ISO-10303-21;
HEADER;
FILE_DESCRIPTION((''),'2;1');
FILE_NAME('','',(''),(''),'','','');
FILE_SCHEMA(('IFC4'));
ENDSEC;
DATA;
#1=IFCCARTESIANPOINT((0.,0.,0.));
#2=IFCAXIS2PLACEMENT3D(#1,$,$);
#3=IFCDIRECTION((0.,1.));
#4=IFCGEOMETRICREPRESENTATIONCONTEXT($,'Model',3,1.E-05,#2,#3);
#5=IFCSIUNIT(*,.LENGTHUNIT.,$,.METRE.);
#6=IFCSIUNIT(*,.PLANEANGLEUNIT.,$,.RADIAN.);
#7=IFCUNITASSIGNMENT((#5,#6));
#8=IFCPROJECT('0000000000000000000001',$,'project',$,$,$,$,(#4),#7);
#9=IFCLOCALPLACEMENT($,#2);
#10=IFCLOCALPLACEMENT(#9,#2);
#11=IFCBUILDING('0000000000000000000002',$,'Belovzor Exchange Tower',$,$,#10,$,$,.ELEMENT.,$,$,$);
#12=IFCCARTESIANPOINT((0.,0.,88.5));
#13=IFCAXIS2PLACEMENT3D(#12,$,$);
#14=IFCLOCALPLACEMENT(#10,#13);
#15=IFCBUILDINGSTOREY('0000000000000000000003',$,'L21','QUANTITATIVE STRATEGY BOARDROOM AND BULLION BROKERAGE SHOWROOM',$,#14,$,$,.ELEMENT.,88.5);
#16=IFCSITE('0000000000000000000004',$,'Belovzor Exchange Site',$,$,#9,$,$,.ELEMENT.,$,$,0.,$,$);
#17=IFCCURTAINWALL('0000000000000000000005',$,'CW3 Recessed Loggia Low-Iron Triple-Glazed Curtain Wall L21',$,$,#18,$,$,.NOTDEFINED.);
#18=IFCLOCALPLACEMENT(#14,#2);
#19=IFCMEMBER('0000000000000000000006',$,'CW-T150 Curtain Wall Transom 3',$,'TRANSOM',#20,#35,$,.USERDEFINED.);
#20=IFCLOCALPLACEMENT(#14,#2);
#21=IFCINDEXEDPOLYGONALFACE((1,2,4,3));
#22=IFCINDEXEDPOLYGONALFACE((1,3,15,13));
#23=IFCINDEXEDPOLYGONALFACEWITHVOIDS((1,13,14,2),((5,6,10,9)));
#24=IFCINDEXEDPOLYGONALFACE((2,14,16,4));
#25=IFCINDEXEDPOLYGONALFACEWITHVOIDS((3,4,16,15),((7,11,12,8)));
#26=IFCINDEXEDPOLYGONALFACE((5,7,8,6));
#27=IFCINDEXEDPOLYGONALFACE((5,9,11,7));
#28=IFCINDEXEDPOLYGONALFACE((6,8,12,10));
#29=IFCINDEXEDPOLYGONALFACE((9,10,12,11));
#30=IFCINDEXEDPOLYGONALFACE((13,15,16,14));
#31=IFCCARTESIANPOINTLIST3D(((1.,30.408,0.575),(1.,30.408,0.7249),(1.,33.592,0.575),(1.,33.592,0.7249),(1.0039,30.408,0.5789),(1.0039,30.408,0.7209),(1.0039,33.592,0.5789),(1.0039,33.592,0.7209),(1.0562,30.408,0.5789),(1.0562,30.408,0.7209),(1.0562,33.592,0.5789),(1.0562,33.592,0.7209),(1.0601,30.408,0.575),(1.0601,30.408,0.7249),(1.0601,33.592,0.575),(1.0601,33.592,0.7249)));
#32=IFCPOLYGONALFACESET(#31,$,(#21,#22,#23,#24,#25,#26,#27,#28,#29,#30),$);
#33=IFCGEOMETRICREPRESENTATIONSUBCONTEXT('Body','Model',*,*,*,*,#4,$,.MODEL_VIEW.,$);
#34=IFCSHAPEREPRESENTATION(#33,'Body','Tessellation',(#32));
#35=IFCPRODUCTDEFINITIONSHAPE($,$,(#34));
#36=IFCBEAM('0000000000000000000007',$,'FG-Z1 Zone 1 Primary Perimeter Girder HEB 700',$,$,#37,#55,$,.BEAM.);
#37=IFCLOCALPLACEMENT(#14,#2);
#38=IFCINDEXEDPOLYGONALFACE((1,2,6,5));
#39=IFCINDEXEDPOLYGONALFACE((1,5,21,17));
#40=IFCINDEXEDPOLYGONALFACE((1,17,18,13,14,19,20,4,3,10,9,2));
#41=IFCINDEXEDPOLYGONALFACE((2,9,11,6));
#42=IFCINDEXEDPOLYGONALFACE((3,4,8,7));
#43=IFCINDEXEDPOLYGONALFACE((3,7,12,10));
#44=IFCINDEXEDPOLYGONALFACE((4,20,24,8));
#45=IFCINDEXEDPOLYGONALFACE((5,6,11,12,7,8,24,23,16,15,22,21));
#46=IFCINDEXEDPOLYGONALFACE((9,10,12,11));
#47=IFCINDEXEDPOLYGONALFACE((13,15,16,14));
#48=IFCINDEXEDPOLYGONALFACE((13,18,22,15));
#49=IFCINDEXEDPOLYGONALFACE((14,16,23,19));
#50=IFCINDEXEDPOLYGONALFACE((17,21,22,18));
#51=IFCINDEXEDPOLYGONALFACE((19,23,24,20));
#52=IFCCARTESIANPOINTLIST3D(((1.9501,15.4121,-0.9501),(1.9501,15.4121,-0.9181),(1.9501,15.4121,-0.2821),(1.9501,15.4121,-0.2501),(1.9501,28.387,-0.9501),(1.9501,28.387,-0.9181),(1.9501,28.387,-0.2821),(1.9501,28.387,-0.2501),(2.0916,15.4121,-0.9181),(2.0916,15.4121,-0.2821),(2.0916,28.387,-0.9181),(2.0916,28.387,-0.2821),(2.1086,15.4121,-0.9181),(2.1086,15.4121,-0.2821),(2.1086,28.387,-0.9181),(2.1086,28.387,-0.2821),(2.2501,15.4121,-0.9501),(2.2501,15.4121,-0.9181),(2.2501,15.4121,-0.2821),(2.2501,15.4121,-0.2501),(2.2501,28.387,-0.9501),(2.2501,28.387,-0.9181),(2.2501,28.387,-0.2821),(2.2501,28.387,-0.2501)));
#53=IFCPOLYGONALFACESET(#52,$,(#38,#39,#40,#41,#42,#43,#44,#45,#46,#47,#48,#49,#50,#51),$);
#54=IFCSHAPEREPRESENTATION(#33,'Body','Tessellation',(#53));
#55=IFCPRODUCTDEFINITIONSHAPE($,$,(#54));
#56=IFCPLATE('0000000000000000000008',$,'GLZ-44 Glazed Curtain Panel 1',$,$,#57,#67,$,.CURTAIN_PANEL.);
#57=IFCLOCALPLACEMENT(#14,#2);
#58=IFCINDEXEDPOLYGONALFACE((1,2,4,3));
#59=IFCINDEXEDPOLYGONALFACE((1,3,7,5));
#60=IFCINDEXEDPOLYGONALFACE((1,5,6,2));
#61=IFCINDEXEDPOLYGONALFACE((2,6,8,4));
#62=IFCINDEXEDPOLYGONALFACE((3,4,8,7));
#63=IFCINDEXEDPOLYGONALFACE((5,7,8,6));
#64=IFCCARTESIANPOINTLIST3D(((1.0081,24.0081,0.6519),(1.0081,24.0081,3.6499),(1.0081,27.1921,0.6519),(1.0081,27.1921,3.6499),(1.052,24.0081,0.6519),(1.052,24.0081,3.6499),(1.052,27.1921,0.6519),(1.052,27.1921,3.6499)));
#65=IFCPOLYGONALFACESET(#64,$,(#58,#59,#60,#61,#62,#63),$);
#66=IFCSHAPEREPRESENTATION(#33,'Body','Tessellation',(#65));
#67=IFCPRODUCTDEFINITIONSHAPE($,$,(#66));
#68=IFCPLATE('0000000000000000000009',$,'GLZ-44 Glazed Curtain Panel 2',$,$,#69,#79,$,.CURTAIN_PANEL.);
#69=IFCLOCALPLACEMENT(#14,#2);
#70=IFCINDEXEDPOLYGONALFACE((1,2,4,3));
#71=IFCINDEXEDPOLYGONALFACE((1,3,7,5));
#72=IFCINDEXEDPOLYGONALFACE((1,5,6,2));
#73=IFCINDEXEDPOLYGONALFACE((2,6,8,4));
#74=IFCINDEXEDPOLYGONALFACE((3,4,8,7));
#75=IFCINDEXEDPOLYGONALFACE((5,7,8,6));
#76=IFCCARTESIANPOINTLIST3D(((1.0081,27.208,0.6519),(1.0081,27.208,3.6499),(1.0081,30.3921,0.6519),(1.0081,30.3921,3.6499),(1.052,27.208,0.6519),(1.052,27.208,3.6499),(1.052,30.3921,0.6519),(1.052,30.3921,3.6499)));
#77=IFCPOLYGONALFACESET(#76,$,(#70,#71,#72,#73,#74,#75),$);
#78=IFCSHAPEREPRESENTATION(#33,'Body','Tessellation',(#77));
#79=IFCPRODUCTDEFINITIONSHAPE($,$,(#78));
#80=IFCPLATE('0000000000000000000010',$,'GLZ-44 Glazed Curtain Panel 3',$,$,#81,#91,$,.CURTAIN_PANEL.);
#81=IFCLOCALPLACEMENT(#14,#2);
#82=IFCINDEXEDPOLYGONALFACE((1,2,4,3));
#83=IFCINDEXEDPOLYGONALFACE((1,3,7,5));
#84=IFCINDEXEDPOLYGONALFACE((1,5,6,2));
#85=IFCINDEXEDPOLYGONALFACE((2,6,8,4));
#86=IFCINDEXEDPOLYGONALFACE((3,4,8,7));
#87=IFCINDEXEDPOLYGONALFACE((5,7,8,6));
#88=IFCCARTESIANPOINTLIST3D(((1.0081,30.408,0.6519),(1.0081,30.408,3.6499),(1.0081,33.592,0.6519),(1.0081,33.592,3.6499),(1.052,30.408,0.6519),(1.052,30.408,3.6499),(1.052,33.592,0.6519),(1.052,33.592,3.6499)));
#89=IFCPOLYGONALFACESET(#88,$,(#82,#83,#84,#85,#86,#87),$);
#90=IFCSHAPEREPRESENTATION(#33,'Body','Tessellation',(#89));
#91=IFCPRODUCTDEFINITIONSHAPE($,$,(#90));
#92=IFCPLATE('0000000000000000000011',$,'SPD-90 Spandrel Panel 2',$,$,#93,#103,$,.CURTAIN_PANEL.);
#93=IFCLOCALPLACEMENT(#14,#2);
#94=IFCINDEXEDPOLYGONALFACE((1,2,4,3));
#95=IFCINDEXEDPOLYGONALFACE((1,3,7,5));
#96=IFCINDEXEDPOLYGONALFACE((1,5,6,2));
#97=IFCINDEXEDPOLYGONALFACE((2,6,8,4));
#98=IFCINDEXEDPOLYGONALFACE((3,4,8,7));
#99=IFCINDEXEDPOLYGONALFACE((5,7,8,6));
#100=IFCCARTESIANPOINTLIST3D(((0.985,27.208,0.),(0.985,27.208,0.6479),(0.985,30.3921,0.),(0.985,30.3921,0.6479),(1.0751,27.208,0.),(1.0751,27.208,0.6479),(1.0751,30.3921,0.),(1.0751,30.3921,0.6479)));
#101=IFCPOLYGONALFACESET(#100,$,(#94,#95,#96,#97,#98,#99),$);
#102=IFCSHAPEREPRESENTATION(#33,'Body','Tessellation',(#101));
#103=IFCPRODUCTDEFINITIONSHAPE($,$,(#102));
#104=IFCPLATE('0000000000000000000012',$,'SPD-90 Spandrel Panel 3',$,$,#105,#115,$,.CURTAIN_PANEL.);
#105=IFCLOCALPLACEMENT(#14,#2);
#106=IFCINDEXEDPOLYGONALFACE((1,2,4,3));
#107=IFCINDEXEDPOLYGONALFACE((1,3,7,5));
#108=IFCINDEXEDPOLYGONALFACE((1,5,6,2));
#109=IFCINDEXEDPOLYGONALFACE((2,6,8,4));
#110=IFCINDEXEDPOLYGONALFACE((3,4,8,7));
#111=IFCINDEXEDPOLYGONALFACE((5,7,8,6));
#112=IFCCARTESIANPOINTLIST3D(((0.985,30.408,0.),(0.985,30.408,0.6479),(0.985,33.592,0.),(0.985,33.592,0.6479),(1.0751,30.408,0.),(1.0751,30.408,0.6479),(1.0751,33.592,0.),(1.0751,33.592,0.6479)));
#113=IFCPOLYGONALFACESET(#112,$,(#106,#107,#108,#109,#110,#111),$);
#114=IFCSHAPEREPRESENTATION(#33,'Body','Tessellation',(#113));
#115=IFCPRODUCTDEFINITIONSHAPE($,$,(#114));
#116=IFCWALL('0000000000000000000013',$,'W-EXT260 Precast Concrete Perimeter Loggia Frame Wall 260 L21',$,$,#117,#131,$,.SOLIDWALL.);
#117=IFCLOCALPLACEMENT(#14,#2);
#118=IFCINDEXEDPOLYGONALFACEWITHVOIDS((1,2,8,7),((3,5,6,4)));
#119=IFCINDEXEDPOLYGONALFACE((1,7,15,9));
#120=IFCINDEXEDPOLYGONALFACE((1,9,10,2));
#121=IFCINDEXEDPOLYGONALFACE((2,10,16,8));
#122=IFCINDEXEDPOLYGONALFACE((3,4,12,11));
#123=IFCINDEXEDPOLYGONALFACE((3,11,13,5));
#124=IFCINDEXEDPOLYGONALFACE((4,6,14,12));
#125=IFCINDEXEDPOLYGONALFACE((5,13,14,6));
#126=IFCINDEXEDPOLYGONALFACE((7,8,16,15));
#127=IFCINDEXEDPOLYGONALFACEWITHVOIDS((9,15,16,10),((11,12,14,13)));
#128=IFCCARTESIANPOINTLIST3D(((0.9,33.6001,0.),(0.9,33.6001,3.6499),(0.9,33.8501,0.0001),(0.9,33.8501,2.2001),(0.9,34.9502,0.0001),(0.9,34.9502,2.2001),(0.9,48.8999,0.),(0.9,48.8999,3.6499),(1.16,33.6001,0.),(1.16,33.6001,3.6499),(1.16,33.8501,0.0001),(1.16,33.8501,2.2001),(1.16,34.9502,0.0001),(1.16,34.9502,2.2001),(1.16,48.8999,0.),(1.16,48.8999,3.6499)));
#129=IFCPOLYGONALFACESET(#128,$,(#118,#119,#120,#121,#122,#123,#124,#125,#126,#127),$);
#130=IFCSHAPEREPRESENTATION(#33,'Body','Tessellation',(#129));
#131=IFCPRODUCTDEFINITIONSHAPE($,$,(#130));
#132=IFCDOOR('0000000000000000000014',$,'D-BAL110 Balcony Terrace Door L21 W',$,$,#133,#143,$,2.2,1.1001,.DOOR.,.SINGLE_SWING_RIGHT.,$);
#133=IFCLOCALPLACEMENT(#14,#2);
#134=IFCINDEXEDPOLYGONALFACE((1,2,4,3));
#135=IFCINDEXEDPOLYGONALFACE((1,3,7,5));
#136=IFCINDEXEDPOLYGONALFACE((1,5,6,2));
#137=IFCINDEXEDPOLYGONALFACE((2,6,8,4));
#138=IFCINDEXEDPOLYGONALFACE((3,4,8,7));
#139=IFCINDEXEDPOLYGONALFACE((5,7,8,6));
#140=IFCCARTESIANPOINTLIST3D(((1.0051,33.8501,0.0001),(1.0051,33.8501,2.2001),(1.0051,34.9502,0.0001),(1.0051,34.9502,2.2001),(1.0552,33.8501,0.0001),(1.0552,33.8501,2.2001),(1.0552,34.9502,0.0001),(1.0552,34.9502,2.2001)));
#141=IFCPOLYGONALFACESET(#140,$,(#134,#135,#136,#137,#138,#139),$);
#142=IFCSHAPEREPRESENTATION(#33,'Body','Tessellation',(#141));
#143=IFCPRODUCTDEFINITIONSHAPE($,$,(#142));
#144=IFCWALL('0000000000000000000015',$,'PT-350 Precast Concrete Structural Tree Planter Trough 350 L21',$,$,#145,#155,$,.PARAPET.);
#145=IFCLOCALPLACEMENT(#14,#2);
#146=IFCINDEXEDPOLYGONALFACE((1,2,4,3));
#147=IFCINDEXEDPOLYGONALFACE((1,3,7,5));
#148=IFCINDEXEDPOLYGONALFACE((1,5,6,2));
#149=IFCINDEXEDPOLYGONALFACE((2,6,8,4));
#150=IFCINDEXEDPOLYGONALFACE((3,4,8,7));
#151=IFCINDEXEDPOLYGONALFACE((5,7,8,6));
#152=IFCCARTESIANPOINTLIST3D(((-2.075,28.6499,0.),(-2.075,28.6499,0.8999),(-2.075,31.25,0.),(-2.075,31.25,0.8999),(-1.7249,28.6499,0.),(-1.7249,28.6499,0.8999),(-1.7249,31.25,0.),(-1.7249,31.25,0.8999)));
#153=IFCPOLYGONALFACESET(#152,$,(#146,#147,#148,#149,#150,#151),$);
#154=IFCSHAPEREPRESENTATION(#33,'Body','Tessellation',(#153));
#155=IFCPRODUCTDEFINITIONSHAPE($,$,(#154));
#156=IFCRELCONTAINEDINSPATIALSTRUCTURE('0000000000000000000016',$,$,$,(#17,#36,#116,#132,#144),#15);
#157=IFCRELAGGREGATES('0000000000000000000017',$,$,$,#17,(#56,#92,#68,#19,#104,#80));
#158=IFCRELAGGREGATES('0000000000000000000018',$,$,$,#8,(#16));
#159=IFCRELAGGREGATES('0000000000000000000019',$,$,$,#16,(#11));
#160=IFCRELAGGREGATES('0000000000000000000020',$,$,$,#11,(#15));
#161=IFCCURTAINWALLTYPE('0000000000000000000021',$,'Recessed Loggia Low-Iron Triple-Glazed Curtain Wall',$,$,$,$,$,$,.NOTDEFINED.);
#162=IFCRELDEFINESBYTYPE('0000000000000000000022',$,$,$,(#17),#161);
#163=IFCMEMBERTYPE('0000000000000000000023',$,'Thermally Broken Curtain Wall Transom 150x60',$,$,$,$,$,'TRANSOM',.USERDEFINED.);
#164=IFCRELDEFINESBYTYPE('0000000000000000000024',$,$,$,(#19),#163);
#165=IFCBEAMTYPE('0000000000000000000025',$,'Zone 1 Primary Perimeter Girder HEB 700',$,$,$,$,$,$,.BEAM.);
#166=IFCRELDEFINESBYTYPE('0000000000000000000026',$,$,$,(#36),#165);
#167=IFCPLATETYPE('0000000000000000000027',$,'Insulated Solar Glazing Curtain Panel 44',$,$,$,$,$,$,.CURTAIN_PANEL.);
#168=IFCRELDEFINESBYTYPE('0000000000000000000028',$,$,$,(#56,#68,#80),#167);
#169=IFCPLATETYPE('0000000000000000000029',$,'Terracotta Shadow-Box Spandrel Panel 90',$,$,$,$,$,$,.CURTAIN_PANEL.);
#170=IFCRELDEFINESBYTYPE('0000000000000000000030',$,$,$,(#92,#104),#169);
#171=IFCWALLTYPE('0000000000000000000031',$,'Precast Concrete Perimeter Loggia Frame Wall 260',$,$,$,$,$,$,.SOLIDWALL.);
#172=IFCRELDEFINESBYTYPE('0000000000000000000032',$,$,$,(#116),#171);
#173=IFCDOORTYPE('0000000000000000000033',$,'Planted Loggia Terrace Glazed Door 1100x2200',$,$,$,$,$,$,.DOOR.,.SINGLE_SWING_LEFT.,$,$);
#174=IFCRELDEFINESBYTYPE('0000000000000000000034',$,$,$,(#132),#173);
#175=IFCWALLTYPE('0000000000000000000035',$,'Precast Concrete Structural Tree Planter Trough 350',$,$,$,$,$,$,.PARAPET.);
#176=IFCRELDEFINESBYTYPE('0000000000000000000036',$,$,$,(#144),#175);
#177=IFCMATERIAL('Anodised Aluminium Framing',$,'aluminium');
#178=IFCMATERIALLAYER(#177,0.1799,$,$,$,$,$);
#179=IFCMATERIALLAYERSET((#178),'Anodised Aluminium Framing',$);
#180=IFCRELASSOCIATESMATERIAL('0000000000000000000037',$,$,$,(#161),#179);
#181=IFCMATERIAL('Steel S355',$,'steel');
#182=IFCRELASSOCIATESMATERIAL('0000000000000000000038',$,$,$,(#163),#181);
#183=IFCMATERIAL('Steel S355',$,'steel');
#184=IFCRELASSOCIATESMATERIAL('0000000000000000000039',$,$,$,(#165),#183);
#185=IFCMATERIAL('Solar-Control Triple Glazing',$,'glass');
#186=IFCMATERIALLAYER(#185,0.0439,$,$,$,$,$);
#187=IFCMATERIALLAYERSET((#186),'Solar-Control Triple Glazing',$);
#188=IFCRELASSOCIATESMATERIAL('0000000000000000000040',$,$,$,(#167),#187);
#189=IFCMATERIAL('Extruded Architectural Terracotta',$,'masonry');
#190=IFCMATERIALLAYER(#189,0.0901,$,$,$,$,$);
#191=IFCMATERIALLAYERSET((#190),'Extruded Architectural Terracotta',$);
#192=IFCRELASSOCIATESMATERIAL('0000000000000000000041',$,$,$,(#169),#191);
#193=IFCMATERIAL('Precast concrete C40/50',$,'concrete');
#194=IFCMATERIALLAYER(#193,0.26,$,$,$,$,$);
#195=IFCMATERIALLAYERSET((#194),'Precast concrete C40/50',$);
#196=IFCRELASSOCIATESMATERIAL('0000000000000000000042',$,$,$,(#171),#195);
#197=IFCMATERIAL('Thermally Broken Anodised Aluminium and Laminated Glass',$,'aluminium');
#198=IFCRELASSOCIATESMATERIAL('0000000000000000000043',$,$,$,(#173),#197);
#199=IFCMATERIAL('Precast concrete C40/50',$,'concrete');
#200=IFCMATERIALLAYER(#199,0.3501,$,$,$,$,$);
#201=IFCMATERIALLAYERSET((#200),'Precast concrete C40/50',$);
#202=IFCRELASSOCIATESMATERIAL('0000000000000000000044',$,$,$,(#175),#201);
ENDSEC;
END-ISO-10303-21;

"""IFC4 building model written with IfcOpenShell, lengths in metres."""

from ifc_helpers import new_model, si_unit, direction, frame, frame_2d, origin, origin_2d, place, context, subcontext, project, spatial, rectangle, hollow_rectangle, i_section, extrude, material, layer, layer_set, material_profile, profile_set, type_object, element, fill, aggregate, save


model = new_model("IFC4")

# Units and contexts
model_context = context("Model", 3, precision=1e-05, world=origin(), true_north=direction((0.0, 1.0)))
body_context = subcontext(model_context, "Body", "Model", "MODEL_VIEW")
ifc_project = project(units=[si_unit("LENGTHUNIT", "METRE"), si_unit("PLANEANGLEUNIT", "RADIAN")], contexts=[model_context])

# Site, building, storey
site_placement = place(None, origin())
site = spatial("IfcSite", under=ifc_project, at=site_placement, Name="Belovzor Exchange Site", CompositionType="ELEMENT", RefElevation=0.0)
building_placement = place(site_placement, origin())
building = spatial("IfcBuilding", under=site, at=building_placement, Name="Belovzor Exchange Tower", CompositionType="ELEMENT")
storey_placement = place(building_placement, frame((0.0, 0.0, 88.5)))
storey = spatial("IfcBuildingStorey", under=building, at=storey_placement, Name="L21", Description="QUANTITATIVE STRATEGY BOARDROOM AND BULLION BROKERAGE SHOWROOM", CompositionType="ELEMENT", Elevation=88.5)

# Curtain wall, member
ifc_material_1 = material(Name="Anodised Aluminium Framing", Category="aluminium")
ifc_layer_1 = layer(ifc_material_1, 0.1799)
ifc_layer_set_1 = layer_set([ifc_layer_1], Name="Anodised Aluminium Framing")
curtain_wall_type = type_object("IfcCurtainWallType", Name="Recessed Loggia Low-Iron Triple-Glazed Curtain Wall", PredefinedType="NOTDEFINED", material=ifc_layer_set_1)
curtain_wall_placement = place(storey_placement, origin())
curtain_wall = element("IfcCurtainWall", 1, at=curtain_wall_placement, inside=storey, type_object=curtain_wall_type, Name="CW3 Recessed Loggia Low-Iron Triple-Glazed Curtain Wall L21", PredefinedType="NOTDEFINED")
ifc_material_2 = material(Name="Steel S355", Category="steel")
ifc_material_profile_1 = material_profile(ifc_material_2, hollow_rectangle(XDim=0.0601, YDim=0.1499, WallThickness=0.0039, at=origin_2d()))
ifc_profile_set_1 = profile_set([ifc_material_profile_1], Name="Steel S355")
member_type_1 = type_object("IfcMemberType", Name="Thermally Broken Curtain Wall Transom 150x60", ElementType="TRANSOM", PredefinedType="USERDEFINED", material=ifc_profile_set_1)
member_1_placement = place(storey_placement, frame((1.03, 30.408, 0.6499), z_axis=(0.0, 1.0, 0.0), x_axis=(-1.0, 0.0, 0.0)))
member_1 = element("IfcMember", 2, at=member_1_placement, type_object=member_type_1, Name="CW-T150 Curtain Wall Transom 3", ObjectType="TRANSOM", PredefinedType="USERDEFINED", context=body_context, shape_type="SweptSolid", body=[
    extrude(hollow_rectangle(XDim=0.0601, YDim=0.1499, WallThickness=0.0039, at=origin_2d()), origin(), (0.0, 0.0, 1.0), 3.1841),
])

# Beam
ifc_material_3 = material(Name="Steel S355", Category="steel")
ifc_material_profile_2 = material_profile(ifc_material_3, i_section(OverallWidth=0.3, OverallDepth=0.7, WebThickness=0.0171, FlangeThickness=0.032, at=origin_2d()))
ifc_profile_set_2 = profile_set([ifc_material_profile_2], Name="Steel S355")
beam_type_1 = type_object("IfcBeamType", Name="Zone 1 Primary Perimeter Girder HEB 700", PredefinedType="BEAM", material=ifc_profile_set_2)
beam_1_placement = place(storey_placement, frame((2.1001, 28.387, -0.6001), z_axis=(0.0, -1.0, 0.0), x_axis=(1.0, 0.0, 0.0)))
element("IfcBeam", 3, at=beam_1_placement, inside=storey, type_object=beam_type_1, Name="FG-Z1 Zone 1 Primary Perimeter Girder HEB 700", PredefinedType="BEAM", context=body_context, shape_type="SweptSolid", body=[
    extrude(i_section(OverallWidth=0.3, OverallDepth=0.7, WebThickness=0.0171, FlangeThickness=0.032, at=origin_2d()), origin(), (0.0, 0.0, 1.0), 12.9749),
])

# Plates
ifc_material_4 = material(Name="Solar-Control Triple Glazing", Category="glass")
ifc_layer_2 = layer(ifc_material_4, 0.0439)
ifc_layer_set_2 = layer_set([ifc_layer_2], Name="Solar-Control Triple Glazing")
plate_type_1 = type_object("IfcPlateType", Name="Insulated Solar Glazing Curtain Panel 44", PredefinedType="CURTAIN_PANEL", material=ifc_layer_set_2)
plate_1_placement = place(storey_placement, frame((1.03, 25.6001, 0.6519), z_axis=(0.0, 0.0, 1.0), x_axis=(0.0, 1.0, 0.0)))
plate_1 = element("IfcPlate", 4, at=plate_1_placement, type_object=plate_type_1, Name="GLZ-44 Glazed Curtain Panel 1", PredefinedType="CURTAIN_PANEL", context=body_context, shape_type="SweptSolid", body=[
    extrude(rectangle(XDim=3.1841, YDim=0.0439, at=origin_2d()), origin(), (0.0, 0.0, 1.0), 2.998),
])
plate_2_placement = place(storey_placement, frame((1.03, 28.8, 0.6519), z_axis=(0.0, 0.0, 1.0), x_axis=(0.0, 1.0, 0.0)))
plate_2 = element("IfcPlate", 5, at=plate_2_placement, type_object=plate_type_1, Name="GLZ-44 Glazed Curtain Panel 2", PredefinedType="CURTAIN_PANEL", context=body_context, shape_type="SweptSolid", body=[
    extrude(rectangle(XDim=3.1841, YDim=0.0439, at=origin_2d()), origin(), (0.0, 0.0, 1.0), 2.998),
])
plate_3_placement = place(storey_placement, frame((1.03, 32.0, 0.6519), z_axis=(0.0, 0.0, 1.0), x_axis=(0.0, 1.0, 0.0)))
plate_3 = element("IfcPlate", 6, at=plate_3_placement, type_object=plate_type_1, Name="GLZ-44 Glazed Curtain Panel 3", PredefinedType="CURTAIN_PANEL", context=body_context, shape_type="SweptSolid", body=[
    extrude(rectangle(XDim=3.1841, YDim=0.0439, at=origin_2d()), origin(), (0.0, 0.0, 1.0), 2.998),
])
ifc_material_5 = material(Name="Extruded Architectural Terracotta", Category="masonry")
ifc_layer_3 = layer(ifc_material_5, 0.0901)
ifc_layer_set_3 = layer_set([ifc_layer_3], Name="Extruded Architectural Terracotta")
plate_type_2 = type_object("IfcPlateType", Name="Terracotta Shadow-Box Spandrel Panel 90", PredefinedType="CURTAIN_PANEL", material=ifc_layer_set_3)
plate_4_placement = place(storey_placement, frame((1.03, 28.8, 0.0), z_axis=(0.0, 0.0, 1.0), x_axis=(0.0, 1.0, 0.0)))
plate_4 = element("IfcPlate", 7, at=plate_4_placement, type_object=plate_type_2, Name="SPD-90 Spandrel Panel 2", PredefinedType="CURTAIN_PANEL", context=body_context, shape_type="SweptSolid", body=[
    extrude(rectangle(XDim=3.1841, YDim=0.0901, at=origin_2d()), origin(), (0.0, 0.0, 1.0), 0.6479),
])
plate_5_placement = place(storey_placement, frame((1.03, 32.0, 0.0), z_axis=(0.0, 0.0, 1.0), x_axis=(0.0, 1.0, 0.0)))
plate_5 = element("IfcPlate", 8, at=plate_5_placement, type_object=plate_type_2, Name="SPD-90 Spandrel Panel 3", PredefinedType="CURTAIN_PANEL", context=body_context, shape_type="SweptSolid", body=[
    extrude(rectangle(XDim=3.1841, YDim=0.0901, at=origin_2d()), origin(), (0.0, 0.0, 1.0), 0.6479),
])
aggregate(curtain_wall, [plate_1, plate_4, plate_2, member_1, plate_5, plate_3])

# Wall, opening, door
ifc_material_6 = material(Name="Precast concrete C40/50", Category="concrete")
ifc_layer_4 = layer(ifc_material_6, 0.26)
ifc_layer_set_4 = layer_set([ifc_layer_4], Name="Precast concrete C40/50")
wall_type_1 = type_object("IfcWallType", Name="Precast Concrete Perimeter Loggia Frame Wall 260", PredefinedType="SOLIDWALL", material=ifc_layer_set_4)
wall_1_placement = place(storey_placement, frame((1.03, 33.6001, 0.0), z_axis=(0.0, 0.0, 1.0), x_axis=(0.0, 1.0, 0.0)))
wall_1 = element("IfcWall", 9, at=wall_1_placement, inside=storey, type_object=wall_type_1, Name="W-EXT260 Precast Concrete Perimeter Loggia Frame Wall 260 L21", PredefinedType="SOLIDWALL", context=body_context, shape_type="SweptSolid", body=[
    extrude(rectangle(XDim=15.2998, YDim=0.26, at=frame_2d((7.6499, 0.0))), origin(), (0.0, 0.0, 1.0), 3.6499),
])
opening_placement = place(wall_1_placement, frame((0.25, 0.0, 0.0)))
opening = element("IfcOpeningElement", 10, at=opening_placement, cuts=wall_1, PredefinedType="OPENING", context=body_context, shape_type="SweptSolid", body=[
    extrude(rectangle(XDim=1.1001, YDim=2.2, at=frame_2d((0.55, 1.1001))), frame((0.0, 0.1399, 0.0), z_axis=(0.0, -1.0, 0.0), x_axis=(1.0, 0.0, 0.0)), (0.0, 0.0, 1.0), 0.28),
])
ifc_material_7 = material(Name="Thermally Broken Anodised Aluminium and Laminated Glass", Category="aluminium")
door_type = type_object("IfcDoorType", Name="Planted Loggia Terrace Glazed Door 1100x2200", OperationType="SINGLE_SWING_LEFT", PredefinedType="DOOR", material=ifc_material_7)
door_placement = place(opening_placement, origin())
door = element("IfcDoor", 11, at=door_placement, inside=storey, type_object=door_type, Name="D-BAL110 Balcony Terrace Door L21 W", OperationType="SINGLE_SWING_RIGHT", OverallHeight=2.2, OverallWidth=1.1001, PredefinedType="DOOR", context=body_context, shape_type="SweptSolid", body=[
    extrude(rectangle(XDim=1.1001, YDim=2.2, at=frame_2d((0.55, 1.1001))), frame((0.0, 0.0249, 0.0), z_axis=(0.0, -1.0, 0.0), x_axis=(1.0, 0.0, 0.0)), (0.0, 0.0, 1.0), 0.05),
])
fill(opening, door)

# Wall
ifc_material_8 = material(Name="Precast concrete C40/50", Category="concrete")
ifc_layer_5 = layer(ifc_material_8, 0.3501)
ifc_layer_set_5 = layer_set([ifc_layer_5], Name="Precast concrete C40/50")
wall_type_2 = type_object("IfcWallType", Name="Precast Concrete Structural Tree Planter Trough 350", PredefinedType="PARAPET", material=ifc_layer_set_5)
wall_2_placement = place(storey_placement, frame((-1.8999, 28.6499, 0.0), z_axis=(0.0, 0.0, 1.0), x_axis=(0.0, 1.0, 0.0)))
element("IfcWall", 12, at=wall_2_placement, inside=storey, type_object=wall_type_2, Name="PT-350 Precast Concrete Structural Tree Planter Trough 350 L21", PredefinedType="PARAPET", context=body_context, shape_type="SweptSolid", body=[
    extrude(rectangle(XDim=2.6001, YDim=0.3501, at=frame_2d((1.3, 0.0))), origin(), (0.0, 0.0, 1.0), 0.8999),
])

save(model, "model.ifc")
